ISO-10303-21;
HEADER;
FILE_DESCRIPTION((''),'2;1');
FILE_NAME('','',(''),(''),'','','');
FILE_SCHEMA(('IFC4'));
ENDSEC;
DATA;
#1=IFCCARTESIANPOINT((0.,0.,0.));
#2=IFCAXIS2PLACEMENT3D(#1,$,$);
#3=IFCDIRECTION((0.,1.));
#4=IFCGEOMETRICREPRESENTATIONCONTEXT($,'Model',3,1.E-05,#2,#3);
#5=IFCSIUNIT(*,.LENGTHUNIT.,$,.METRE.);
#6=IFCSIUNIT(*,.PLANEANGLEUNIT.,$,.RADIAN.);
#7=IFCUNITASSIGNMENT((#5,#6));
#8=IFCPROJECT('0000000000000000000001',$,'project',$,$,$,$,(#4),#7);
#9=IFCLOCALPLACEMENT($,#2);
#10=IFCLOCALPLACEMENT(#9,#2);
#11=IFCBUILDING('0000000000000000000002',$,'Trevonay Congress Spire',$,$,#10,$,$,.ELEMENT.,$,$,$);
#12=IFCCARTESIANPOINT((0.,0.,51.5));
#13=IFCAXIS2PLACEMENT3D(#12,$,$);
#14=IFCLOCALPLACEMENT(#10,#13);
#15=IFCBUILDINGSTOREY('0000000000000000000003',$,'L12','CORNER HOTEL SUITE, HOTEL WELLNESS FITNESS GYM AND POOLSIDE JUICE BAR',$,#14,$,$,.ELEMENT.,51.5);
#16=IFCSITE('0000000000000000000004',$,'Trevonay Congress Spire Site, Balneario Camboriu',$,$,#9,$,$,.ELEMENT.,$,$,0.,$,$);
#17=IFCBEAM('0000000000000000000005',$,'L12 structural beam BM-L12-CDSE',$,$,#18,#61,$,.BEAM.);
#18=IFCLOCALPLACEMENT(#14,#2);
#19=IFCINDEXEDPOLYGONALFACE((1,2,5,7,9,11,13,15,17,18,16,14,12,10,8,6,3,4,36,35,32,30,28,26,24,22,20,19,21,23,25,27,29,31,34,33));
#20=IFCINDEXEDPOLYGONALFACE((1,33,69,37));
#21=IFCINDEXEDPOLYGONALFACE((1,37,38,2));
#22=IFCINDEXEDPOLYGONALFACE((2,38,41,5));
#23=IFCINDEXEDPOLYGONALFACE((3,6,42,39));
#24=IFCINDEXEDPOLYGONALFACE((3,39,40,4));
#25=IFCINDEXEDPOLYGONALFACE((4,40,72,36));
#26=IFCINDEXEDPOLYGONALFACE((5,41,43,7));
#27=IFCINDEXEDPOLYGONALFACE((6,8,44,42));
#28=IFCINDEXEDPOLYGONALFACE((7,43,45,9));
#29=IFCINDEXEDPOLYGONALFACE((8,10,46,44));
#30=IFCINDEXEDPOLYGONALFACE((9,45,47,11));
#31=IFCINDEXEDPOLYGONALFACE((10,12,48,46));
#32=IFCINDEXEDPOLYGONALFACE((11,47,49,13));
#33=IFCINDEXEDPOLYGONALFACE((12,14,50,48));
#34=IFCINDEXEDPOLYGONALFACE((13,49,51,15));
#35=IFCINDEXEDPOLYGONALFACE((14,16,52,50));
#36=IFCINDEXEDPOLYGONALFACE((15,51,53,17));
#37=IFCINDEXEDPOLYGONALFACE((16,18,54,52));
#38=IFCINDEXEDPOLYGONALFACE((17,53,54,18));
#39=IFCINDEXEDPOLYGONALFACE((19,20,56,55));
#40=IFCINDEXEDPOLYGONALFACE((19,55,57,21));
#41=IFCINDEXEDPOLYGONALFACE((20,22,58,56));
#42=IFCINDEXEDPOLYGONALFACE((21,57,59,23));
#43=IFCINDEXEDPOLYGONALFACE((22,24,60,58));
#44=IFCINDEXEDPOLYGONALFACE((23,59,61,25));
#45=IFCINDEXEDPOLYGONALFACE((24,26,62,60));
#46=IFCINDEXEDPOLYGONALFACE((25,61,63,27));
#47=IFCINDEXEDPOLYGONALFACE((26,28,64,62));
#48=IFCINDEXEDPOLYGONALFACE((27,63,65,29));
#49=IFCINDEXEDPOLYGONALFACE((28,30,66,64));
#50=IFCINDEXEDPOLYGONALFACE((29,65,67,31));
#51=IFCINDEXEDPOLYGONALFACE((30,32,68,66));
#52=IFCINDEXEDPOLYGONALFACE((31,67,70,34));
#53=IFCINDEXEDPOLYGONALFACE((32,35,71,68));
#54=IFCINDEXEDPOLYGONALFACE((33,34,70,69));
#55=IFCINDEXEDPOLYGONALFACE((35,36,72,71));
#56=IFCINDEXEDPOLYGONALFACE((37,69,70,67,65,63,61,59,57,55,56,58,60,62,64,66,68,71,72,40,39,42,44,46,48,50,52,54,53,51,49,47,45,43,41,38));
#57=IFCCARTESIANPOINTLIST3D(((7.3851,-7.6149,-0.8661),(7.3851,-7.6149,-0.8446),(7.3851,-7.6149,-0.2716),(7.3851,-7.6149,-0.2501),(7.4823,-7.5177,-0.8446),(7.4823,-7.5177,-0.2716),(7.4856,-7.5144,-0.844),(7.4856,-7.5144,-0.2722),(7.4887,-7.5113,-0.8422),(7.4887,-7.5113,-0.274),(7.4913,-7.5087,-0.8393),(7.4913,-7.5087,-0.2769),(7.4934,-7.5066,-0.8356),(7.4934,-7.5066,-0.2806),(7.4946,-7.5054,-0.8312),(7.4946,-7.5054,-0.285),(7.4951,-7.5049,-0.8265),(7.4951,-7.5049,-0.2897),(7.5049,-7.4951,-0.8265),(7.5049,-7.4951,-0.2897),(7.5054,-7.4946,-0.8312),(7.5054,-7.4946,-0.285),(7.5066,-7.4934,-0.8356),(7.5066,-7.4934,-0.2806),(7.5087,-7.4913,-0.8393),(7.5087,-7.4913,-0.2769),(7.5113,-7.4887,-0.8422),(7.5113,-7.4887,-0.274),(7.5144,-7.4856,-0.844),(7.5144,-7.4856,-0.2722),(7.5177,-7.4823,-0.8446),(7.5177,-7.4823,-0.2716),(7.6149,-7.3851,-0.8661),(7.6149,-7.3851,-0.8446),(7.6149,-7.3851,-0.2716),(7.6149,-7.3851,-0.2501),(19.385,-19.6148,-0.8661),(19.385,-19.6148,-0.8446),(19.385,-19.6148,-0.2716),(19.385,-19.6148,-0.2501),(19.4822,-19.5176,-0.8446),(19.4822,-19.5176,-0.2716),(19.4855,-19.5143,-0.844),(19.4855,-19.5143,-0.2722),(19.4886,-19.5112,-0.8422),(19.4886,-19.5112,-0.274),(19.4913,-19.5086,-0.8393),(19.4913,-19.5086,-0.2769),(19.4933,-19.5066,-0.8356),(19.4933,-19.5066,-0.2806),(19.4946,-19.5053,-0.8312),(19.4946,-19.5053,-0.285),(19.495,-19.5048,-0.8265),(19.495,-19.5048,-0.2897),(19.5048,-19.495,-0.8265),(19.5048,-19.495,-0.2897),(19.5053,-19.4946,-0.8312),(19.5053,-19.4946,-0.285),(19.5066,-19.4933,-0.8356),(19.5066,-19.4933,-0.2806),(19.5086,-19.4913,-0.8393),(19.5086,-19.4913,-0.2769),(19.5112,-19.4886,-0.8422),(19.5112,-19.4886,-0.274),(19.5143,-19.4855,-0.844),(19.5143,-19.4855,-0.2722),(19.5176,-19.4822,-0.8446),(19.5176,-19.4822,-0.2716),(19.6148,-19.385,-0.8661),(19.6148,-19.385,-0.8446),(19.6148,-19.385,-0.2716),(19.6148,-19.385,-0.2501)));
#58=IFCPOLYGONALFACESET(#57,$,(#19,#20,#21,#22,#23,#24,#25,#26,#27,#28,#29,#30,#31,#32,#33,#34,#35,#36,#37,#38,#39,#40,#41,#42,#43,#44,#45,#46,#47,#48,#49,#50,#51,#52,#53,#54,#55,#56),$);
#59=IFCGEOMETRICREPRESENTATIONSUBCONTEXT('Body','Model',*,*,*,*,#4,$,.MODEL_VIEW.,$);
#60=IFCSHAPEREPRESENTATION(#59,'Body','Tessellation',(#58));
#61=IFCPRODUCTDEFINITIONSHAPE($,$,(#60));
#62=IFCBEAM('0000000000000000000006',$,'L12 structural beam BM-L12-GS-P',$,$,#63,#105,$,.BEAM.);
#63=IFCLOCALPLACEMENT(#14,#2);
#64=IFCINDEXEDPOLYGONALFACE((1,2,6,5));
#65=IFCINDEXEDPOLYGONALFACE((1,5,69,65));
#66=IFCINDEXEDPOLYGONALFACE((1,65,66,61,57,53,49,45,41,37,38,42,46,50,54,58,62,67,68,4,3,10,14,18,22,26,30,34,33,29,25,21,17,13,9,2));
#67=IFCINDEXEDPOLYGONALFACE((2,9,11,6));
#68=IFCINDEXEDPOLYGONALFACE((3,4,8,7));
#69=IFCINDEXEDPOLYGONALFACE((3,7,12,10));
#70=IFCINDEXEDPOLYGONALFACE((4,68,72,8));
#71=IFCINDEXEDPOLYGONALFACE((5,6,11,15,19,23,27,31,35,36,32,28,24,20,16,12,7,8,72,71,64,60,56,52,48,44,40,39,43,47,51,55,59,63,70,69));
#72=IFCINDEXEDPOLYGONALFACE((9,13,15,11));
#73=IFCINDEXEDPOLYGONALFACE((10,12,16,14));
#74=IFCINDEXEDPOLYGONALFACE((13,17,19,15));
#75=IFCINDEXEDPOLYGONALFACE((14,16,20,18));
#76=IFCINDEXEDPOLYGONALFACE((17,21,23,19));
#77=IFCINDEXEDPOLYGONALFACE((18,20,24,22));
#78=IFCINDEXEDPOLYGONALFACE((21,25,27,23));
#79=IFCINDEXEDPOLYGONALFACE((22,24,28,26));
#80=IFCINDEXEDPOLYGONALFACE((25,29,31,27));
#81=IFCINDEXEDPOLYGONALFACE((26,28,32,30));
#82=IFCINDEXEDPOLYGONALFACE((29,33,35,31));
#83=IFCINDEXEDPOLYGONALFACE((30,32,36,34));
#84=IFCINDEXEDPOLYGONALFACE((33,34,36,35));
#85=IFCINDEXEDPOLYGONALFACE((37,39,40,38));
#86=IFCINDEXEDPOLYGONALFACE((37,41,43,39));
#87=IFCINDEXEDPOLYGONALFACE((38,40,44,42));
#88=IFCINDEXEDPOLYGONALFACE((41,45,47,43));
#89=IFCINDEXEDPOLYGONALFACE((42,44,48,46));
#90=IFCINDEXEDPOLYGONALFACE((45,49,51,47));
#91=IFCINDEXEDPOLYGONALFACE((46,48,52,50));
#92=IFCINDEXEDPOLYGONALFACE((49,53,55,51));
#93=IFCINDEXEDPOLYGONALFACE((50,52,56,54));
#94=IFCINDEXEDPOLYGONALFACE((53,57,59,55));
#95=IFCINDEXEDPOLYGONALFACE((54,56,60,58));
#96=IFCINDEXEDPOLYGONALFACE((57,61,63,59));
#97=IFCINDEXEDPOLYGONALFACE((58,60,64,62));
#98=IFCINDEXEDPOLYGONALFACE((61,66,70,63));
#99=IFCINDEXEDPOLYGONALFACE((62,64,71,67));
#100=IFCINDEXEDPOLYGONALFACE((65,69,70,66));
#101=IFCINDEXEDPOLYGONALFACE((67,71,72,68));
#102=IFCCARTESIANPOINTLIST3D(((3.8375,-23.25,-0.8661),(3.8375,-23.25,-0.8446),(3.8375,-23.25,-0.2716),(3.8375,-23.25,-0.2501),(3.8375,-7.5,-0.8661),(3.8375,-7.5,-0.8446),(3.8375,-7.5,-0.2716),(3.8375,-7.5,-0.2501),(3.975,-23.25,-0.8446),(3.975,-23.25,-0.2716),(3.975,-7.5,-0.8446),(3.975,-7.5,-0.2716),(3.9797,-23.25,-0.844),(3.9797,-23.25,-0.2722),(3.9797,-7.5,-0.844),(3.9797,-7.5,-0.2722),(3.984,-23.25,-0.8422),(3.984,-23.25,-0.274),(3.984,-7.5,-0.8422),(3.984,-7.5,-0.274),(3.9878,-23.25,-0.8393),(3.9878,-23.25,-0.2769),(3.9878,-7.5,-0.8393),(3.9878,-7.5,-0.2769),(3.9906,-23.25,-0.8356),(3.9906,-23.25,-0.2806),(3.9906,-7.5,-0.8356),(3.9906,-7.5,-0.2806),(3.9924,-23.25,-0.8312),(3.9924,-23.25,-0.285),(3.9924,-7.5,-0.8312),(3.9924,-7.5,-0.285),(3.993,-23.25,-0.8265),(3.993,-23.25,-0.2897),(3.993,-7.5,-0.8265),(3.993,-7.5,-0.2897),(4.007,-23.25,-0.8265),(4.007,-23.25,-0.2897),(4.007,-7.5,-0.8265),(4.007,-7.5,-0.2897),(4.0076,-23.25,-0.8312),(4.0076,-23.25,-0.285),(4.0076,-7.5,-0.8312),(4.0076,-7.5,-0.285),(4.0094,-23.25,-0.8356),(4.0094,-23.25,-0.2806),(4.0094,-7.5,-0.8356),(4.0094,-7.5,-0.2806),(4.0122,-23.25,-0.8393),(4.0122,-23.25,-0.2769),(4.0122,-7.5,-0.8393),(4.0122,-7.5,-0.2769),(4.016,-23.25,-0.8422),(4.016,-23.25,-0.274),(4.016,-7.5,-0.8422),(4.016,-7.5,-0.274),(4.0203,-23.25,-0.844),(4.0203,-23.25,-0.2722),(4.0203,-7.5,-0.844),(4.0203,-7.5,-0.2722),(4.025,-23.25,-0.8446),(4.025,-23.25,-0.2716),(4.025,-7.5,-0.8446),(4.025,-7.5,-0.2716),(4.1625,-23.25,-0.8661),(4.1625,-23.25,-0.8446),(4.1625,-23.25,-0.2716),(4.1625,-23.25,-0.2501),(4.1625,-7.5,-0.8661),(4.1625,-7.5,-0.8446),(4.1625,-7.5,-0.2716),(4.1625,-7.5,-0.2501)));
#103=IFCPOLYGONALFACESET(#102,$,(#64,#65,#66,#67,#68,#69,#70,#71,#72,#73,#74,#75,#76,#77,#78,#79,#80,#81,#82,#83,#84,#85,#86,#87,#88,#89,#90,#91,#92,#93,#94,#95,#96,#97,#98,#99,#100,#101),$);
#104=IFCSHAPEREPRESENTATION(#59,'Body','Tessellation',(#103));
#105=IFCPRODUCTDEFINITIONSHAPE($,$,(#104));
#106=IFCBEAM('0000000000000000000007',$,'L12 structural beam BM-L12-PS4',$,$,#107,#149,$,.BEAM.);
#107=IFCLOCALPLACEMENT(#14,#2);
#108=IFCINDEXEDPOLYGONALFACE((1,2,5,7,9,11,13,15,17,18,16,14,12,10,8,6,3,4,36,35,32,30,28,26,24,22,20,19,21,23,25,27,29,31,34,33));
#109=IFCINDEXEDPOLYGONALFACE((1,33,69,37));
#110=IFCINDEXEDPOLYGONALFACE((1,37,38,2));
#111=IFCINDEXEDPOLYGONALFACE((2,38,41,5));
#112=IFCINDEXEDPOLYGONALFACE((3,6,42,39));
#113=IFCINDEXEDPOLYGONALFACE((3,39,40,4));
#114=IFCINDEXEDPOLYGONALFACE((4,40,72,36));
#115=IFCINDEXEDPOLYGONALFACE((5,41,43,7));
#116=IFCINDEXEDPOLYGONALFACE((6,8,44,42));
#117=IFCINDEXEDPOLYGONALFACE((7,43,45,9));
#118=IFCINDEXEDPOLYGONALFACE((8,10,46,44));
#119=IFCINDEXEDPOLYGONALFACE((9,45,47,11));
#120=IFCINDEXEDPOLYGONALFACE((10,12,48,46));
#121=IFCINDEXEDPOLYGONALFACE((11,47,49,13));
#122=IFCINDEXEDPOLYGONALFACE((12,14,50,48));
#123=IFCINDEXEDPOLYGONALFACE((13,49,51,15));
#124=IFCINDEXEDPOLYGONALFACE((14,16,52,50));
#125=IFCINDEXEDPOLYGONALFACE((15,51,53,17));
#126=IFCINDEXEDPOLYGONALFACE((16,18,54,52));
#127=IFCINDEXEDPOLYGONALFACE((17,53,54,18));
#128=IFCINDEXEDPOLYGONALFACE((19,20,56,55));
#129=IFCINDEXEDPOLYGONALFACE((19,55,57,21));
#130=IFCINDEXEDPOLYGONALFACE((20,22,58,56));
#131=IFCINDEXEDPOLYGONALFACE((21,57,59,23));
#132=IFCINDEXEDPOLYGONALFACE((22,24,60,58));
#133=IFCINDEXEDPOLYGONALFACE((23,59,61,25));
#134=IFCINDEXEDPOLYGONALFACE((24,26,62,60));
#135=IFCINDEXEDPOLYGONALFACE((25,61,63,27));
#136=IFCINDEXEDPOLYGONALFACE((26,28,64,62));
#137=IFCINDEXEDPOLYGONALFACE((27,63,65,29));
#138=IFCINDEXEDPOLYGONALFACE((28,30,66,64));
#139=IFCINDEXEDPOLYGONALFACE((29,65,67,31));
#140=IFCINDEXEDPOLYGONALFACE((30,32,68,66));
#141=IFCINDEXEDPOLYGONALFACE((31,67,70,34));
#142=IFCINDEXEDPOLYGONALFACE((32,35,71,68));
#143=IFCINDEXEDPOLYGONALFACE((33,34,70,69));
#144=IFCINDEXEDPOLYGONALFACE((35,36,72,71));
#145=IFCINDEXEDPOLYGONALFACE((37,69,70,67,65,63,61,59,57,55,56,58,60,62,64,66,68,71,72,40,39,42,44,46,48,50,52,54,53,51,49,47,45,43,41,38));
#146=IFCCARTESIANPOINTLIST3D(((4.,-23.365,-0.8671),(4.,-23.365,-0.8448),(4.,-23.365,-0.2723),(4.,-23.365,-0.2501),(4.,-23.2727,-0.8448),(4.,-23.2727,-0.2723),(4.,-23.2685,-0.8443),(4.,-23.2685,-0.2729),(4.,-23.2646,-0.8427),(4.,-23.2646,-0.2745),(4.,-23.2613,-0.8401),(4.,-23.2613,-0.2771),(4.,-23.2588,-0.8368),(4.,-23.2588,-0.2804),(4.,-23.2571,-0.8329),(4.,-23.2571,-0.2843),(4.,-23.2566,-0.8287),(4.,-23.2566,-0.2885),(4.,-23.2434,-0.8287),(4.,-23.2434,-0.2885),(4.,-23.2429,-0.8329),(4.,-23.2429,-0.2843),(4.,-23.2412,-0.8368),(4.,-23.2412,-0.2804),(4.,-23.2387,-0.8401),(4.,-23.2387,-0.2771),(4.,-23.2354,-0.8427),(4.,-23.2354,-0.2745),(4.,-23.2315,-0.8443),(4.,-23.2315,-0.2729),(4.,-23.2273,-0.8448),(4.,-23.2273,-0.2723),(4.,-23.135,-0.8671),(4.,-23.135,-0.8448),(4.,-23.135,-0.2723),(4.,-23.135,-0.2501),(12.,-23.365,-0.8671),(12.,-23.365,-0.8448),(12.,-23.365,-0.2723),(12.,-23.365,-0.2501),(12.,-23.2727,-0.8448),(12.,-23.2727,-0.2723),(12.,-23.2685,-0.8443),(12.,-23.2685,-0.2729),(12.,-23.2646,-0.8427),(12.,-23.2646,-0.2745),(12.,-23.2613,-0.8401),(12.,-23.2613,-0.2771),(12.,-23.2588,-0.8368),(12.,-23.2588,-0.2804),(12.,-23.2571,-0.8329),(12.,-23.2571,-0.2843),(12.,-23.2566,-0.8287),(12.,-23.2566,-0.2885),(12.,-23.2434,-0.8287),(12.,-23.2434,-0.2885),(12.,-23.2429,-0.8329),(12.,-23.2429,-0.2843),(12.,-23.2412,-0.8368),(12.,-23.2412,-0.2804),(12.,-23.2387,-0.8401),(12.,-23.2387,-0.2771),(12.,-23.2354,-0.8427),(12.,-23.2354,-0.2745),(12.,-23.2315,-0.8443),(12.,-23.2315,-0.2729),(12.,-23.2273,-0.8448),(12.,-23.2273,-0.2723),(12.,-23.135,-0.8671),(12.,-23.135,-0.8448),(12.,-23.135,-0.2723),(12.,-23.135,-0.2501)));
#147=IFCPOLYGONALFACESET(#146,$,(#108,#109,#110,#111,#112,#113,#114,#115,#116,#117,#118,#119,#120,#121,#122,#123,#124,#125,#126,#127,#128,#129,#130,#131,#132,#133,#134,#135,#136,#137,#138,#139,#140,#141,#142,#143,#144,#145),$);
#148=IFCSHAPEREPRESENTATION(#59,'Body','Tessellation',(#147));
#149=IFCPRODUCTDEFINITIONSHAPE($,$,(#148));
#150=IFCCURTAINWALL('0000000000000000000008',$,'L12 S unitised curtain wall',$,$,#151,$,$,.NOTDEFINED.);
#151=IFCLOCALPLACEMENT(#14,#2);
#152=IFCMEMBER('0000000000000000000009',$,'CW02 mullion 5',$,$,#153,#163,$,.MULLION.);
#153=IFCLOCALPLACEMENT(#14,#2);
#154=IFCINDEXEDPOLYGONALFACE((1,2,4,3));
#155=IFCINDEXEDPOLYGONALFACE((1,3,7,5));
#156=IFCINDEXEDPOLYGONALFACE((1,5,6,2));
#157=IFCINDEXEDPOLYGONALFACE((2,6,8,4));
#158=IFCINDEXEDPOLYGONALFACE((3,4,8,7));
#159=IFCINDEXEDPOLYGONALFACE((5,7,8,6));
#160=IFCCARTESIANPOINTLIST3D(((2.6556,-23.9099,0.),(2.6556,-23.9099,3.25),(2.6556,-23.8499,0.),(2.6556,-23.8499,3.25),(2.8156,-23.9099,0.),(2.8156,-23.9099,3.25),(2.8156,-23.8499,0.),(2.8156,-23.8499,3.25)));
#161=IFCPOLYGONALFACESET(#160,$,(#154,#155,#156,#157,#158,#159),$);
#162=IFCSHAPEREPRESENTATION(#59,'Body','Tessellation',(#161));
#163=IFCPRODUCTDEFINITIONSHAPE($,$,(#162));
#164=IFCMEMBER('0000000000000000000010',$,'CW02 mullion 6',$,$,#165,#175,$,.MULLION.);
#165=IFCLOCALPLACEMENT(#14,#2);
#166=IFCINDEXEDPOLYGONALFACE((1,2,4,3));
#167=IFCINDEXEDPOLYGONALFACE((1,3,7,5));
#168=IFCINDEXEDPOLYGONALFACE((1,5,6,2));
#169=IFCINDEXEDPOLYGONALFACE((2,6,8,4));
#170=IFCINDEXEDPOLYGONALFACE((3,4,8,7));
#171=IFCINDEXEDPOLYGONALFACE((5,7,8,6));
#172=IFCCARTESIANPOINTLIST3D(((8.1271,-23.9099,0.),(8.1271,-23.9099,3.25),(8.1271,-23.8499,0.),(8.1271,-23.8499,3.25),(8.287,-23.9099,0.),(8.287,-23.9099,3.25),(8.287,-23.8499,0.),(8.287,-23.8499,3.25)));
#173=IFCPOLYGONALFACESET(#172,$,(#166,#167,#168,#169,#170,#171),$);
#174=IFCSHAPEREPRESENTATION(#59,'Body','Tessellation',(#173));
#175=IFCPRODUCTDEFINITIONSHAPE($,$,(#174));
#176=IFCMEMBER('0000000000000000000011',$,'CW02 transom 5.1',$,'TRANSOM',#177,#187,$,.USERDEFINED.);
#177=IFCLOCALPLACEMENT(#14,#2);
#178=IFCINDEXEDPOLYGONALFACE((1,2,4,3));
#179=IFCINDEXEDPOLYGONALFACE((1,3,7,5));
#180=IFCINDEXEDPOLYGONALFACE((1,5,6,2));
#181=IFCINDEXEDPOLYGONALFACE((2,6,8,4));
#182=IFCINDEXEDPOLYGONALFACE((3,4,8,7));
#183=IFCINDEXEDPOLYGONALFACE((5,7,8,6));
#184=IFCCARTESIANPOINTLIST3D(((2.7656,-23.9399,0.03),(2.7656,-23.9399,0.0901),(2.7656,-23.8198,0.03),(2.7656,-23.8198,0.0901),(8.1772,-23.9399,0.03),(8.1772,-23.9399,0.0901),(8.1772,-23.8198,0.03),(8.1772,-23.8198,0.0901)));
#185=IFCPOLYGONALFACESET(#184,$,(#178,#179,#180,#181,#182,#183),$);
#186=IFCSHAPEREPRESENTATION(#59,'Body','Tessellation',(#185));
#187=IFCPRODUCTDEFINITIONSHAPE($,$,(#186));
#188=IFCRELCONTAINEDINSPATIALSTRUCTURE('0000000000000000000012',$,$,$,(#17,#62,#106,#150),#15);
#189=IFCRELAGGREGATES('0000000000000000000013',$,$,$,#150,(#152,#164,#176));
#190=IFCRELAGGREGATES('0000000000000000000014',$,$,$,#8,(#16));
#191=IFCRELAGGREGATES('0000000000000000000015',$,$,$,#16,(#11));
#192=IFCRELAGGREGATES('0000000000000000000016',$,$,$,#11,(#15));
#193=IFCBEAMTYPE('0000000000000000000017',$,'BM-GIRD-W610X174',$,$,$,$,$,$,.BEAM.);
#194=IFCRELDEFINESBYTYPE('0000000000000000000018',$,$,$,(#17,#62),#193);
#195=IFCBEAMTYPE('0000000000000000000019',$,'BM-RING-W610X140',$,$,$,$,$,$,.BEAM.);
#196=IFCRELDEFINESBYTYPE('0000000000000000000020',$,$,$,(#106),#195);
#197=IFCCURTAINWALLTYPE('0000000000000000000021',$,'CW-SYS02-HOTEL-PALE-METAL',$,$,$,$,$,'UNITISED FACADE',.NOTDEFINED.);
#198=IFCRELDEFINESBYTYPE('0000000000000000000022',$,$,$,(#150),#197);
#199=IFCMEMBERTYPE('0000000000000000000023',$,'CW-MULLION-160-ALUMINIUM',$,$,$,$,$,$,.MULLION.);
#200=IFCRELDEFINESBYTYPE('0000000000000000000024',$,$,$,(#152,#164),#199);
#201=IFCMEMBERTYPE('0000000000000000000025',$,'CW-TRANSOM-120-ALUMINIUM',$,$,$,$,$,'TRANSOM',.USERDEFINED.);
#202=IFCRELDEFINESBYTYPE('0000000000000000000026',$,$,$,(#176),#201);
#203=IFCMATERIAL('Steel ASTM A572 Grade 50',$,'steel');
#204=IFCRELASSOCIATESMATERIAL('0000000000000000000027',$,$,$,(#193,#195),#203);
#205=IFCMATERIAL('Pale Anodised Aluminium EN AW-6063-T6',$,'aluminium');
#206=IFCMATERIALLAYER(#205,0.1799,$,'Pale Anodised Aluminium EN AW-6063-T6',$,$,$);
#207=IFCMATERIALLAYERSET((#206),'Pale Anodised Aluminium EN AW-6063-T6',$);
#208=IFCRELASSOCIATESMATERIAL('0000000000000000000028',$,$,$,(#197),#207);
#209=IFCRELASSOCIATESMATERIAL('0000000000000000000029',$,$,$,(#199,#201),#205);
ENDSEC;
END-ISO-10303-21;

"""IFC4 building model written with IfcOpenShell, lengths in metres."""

from ifc_helpers import new_model, si_unit, direction, frame, origin, origin_2d, place, context, subcontext, project, spatial, rectangle, i_section, extrude, material, layer, layer_set, material_profile, profile_set, type_object, element, aggregate, save


model = new_model("IFC4")

# Units and contexts
model_context = context("Model", 3, precision=1e-05, world=origin(), true_north=direction((0.0, 1.0)))
body_context = subcontext(model_context, "Body", "Model", "MODEL_VIEW")
ifc_project = project(units=[si_unit("LENGTHUNIT", "METRE"), si_unit("PLANEANGLEUNIT", "RADIAN")], contexts=[model_context])

# Site, building, storey
site_placement = place(None, origin())
site = spatial("IfcSite", under=ifc_project, at=site_placement, Name="Trevonay Congress Spire Site, Balneario Camboriu", CompositionType="ELEMENT", RefElevation=0.0)
building_placement = place(site_placement, origin())
building = spatial("IfcBuilding", under=site, at=building_placement, Name="Trevonay Congress Spire", CompositionType="ELEMENT")
storey_placement = place(building_placement, frame((0.0, 0.0, 51.5)))
storey = spatial("IfcBuildingStorey", under=building, at=storey_placement, Name="L12", Description="CORNER HOTEL SUITE, HOTEL WELLNESS FITNESS GYM AND POOLSIDE JUICE BAR", CompositionType="ELEMENT", Elevation=51.5)

# Shared definitions
ifc_material_1 = material(Name="Steel ASTM A572 Grade 50", Category="steel")

# Beams
ifc_material_profile_1 = material_profile(ifc_material_1, i_section(OverallWidth=0.325, OverallDepth=0.616, WebThickness=0.0139, FlangeThickness=0.0215, FilletRadius=0.0181, at=origin_2d()), Name="W610x174")
ifc_profile_set_1 = profile_set([ifc_material_profile_1], Name="Steel ASTM A572 Grade 50")
beam_type_1 = type_object("IfcBeamType", Name="BM-GIRD-W610X174", PredefinedType="BEAM", material=ifc_profile_set_1)
beam_1_placement = place(storey_placement, frame((7.5, -7.5, -0.5581), z_axis=(0.707107, -0.707107, 0.0), x_axis=(0.707107, 0.707107, 0.0)))
element("IfcBeam", 1, at=beam_1_placement, inside=storey, type_object=beam_type_1, Name="L12 structural beam BM-L12-CDSE", PredefinedType="BEAM", context=body_context, shape_type="SweptSolid", body=[
    extrude(i_section(OverallWidth=0.325, OverallDepth=0.616, WebThickness=0.0139, FlangeThickness=0.0215, FilletRadius=0.0181, at=origin_2d()), origin(), (0.0, 0.0, 1.0), 16.9705),
])
beam_2_placement = place(storey_placement, frame((4.0, -7.5, -0.5581), z_axis=(0.0, -1.0, 0.0), x_axis=(1.0, 0.0, 0.0)))
element("IfcBeam", 2, at=beam_2_placement, inside=storey, type_object=beam_type_1, Name="L12 structural beam BM-L12-GS-P", PredefinedType="BEAM", context=body_context, shape_type="SweptSolid", body=[
    extrude(i_section(OverallWidth=0.325, OverallDepth=0.616, WebThickness=0.0139, FlangeThickness=0.0215, FilletRadius=0.0181, at=origin_2d()), origin(), (0.0, 0.0, 1.0), 15.75),
])
ifc_material_profile_2 = material_profile(ifc_material_1, i_section(OverallWidth=0.23, OverallDepth=0.6169, WebThickness=0.0132, FlangeThickness=0.0222, FilletRadius=0.0161, at=origin_2d()), Name="W610x140")
ifc_profile_set_2 = profile_set([ifc_material_profile_2], Name="Steel ASTM A572 Grade 50")
beam_type_2 = type_object("IfcBeamType", Name="BM-RING-W610X140", PredefinedType="BEAM", material=ifc_profile_set_2)
beam_3_placement = place(storey_placement, frame((4.0, -23.25, -0.5586), z_axis=(1.0, 0.0, 0.0), x_axis=(0.0, 1.0, 0.0)))
element("IfcBeam", 3, at=beam_3_placement, inside=storey, type_object=beam_type_2, Name="L12 structural beam BM-L12-PS4", PredefinedType="BEAM", context=body_context, shape_type="SweptSolid", body=[
    extrude(i_section(OverallWidth=0.23, OverallDepth=0.6169, WebThickness=0.0132, FlangeThickness=0.0222, FilletRadius=0.0161, at=origin_2d()), origin(), (0.0, 0.0, 1.0), 8.0),
])

# Curtain wall, members
ifc_material_2 = material(Name="Pale Anodised Aluminium EN AW-6063-T6", Category="aluminium")
ifc_layer_1 = layer(ifc_material_2, 0.1799, Name="Pale Anodised Aluminium EN AW-6063-T6")
ifc_layer_set_1 = layer_set([ifc_layer_1], Name="Pale Anodised Aluminium EN AW-6063-T6")
curtain_wall_type = type_object("IfcCurtainWallType", Name="CW-SYS02-HOTEL-PALE-METAL", ElementType="UNITISED FACADE", PredefinedType="NOTDEFINED", material=ifc_layer_set_1)
curtain_wall_placement = place(storey_placement, origin())
curtain_wall = element("IfcCurtainWall", 4, at=curtain_wall_placement, inside=storey, type_object=curtain_wall_type, Name="L12 S unitised curtain wall", PredefinedType="NOTDEFINED")
ifc_material_profile_3 = material_profile(ifc_material_2, rectangle(XDim=0.0601, YDim=0.1599, at=origin_2d()), Name="CW-MULLION-160-ALUMINIUM")
ifc_profile_set_3 = profile_set([ifc_material_profile_3], Name="Pale Anodised Aluminium EN AW-6063-T6")
member_type_1 = type_object("IfcMemberType", Name="CW-MULLION-160-ALUMINIUM", PredefinedType="MULLION", material=ifc_profile_set_3)
member_1_placement = place(storey_placement, frame((2.7356, -23.8799, 0.0), z_axis=(0.0, 0.0, 1.0), x_axis=(0.0, 1.0, 0.0)))
member_1 = element("IfcMember", 5, at=member_1_placement, type_object=member_type_1, Name="CW02 mullion 5", PredefinedType="MULLION", context=body_context, shape_type="SweptSolid", body=[
    extrude(rectangle(XDim=0.0601, YDim=0.1599, at=origin_2d()), origin(), (0.0, 0.0, 1.0), 3.25),
])
member_2_placement = place(storey_placement, frame((8.207, -23.8799, 0.0), z_axis=(0.0, 0.0, 1.0), x_axis=(0.0, 1.0, 0.0)))
member_2 = element("IfcMember", 6, at=member_2_placement, type_object=member_type_1, Name="CW02 mullion 6", PredefinedType="MULLION", context=body_context, shape_type="SweptSolid", body=[
    extrude(rectangle(XDim=0.0601, YDim=0.1599, at=origin_2d()), origin(), (0.0, 0.0, 1.0), 3.25),
])
ifc_material_profile_4 = material_profile(ifc_material_2, rectangle(XDim=0.1201, YDim=0.0601, at=origin_2d()), Name="CW-TRANSOM-120-ALUMINIUM")
ifc_profile_set_4 = profile_set([ifc_material_profile_4], Name="Pale Anodised Aluminium EN AW-6063-T6")
member_type_2 = type_object("IfcMemberType", Name="CW-TRANSOM-120-ALUMINIUM", ElementType="TRANSOM", PredefinedType="USERDEFINED", material=ifc_profile_set_4)
member_3_placement = place(storey_placement, frame((2.7656, -23.8799, 0.0601), z_axis=(1.0, 0.0, 0.0), x_axis=(0.0, 1.0, 0.0)))
member_3 = element("IfcMember", 7, at=member_3_placement, type_object=member_type_2, Name="CW02 transom 5.1", ObjectType="TRANSOM", PredefinedType="USERDEFINED", context=body_context, shape_type="SweptSolid", body=[
    extrude(rectangle(XDim=0.1201, YDim=0.0601, at=origin_2d()), origin(), (0.0, 0.0, 1.0), 5.4116),
])

aggregate(curtain_wall, [member_1, member_2, member_3])

save(model, "model.ifc")
